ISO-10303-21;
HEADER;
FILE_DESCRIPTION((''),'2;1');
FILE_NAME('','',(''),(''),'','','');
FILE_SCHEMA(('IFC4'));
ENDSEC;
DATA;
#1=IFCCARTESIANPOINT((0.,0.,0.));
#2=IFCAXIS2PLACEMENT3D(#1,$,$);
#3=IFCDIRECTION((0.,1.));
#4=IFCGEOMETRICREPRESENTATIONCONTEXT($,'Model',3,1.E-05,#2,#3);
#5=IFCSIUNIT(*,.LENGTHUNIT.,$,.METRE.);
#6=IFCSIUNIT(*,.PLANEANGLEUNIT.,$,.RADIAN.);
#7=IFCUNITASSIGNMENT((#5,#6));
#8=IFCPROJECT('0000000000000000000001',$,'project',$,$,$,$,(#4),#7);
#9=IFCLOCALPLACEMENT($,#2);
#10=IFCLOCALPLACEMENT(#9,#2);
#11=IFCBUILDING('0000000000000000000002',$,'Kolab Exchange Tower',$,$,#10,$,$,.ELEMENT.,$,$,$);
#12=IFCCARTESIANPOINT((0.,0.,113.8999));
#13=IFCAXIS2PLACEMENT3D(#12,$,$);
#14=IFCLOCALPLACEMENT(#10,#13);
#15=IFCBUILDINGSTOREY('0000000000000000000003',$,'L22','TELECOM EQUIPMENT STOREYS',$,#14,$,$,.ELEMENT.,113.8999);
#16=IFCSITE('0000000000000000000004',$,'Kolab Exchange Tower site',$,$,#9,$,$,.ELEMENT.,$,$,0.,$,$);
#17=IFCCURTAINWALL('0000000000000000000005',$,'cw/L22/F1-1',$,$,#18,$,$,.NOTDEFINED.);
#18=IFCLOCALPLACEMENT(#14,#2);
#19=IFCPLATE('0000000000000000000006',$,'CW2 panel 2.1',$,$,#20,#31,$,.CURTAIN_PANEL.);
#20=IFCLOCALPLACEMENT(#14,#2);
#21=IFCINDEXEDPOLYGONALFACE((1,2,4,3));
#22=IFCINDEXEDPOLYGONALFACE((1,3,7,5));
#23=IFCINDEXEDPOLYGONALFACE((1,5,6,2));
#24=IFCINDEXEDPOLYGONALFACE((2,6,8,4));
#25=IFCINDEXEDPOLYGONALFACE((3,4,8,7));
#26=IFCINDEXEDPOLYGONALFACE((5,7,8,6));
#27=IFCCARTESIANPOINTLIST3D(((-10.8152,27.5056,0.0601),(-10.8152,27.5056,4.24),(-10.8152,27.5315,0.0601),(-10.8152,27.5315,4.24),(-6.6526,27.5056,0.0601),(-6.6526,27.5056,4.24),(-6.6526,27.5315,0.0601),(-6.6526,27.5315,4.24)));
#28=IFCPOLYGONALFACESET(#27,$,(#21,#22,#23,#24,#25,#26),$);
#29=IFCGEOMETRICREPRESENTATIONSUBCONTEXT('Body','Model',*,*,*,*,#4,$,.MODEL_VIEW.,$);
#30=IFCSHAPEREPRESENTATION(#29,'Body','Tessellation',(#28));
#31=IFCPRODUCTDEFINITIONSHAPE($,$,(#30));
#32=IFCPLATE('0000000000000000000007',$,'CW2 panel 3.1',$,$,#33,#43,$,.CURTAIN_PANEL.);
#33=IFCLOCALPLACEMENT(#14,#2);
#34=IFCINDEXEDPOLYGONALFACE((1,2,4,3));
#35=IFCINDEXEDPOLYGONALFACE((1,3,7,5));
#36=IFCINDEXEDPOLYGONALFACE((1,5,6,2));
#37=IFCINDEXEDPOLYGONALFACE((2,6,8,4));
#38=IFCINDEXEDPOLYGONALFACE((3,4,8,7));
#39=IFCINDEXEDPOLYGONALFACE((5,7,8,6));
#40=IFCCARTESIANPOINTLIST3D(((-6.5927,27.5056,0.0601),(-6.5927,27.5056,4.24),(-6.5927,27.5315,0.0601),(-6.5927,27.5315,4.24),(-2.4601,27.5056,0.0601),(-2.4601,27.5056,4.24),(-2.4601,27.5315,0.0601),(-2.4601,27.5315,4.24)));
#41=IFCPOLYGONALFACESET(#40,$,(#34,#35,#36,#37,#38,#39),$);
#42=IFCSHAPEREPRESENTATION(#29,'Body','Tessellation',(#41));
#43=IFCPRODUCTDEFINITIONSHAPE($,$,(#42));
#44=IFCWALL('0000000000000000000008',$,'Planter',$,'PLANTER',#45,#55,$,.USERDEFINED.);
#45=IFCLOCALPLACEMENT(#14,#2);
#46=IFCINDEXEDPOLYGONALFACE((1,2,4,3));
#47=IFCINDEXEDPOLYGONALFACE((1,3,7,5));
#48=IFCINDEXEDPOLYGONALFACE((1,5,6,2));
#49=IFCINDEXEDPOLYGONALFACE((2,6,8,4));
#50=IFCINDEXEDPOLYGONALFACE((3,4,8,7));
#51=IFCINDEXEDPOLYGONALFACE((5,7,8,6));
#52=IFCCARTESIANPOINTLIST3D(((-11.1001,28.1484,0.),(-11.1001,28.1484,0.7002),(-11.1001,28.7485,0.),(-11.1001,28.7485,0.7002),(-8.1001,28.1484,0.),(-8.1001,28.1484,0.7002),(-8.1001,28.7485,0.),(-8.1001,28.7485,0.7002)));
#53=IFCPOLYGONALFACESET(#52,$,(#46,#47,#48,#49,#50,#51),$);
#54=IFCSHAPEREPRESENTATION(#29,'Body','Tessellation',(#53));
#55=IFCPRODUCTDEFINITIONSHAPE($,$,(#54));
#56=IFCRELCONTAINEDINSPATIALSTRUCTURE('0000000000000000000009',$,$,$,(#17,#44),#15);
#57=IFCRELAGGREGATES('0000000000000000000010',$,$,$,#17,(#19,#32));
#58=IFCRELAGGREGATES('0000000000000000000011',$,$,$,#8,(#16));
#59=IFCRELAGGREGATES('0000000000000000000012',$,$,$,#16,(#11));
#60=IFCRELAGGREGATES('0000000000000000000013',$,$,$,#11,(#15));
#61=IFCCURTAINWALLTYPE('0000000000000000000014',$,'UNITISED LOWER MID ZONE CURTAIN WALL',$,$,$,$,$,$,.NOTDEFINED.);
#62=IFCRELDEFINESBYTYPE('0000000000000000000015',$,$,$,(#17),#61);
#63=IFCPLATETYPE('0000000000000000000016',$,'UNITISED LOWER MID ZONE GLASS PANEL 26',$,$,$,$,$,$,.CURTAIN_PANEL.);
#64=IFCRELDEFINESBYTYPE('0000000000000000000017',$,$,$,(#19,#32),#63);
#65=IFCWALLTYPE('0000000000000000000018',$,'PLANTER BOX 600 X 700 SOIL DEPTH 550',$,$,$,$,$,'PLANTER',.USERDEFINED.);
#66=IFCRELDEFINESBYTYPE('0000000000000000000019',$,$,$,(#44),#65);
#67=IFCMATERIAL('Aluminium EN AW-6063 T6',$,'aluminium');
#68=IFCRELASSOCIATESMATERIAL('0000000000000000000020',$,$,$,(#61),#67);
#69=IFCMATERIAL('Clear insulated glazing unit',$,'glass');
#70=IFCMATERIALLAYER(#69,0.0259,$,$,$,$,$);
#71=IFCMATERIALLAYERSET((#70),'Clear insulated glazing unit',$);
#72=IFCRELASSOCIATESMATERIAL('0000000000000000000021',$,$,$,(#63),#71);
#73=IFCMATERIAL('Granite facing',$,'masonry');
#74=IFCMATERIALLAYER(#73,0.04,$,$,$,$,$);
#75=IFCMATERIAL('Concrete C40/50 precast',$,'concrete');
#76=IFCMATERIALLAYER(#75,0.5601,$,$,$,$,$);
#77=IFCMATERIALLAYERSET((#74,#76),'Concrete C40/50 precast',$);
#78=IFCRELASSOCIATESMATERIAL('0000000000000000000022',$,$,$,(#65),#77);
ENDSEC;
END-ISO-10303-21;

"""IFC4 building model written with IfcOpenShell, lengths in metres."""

from ifc_helpers import new_model, si_unit, direction, frame, frame_2d, origin, origin_2d, place, context, subcontext, project, spatial, rectangle, extrude, material, layer, layer_set, type_object, element, aggregate, save


model = new_model("IFC4")

# Units and contexts
model_context = context("Model", 3, precision=1e-05, world=origin(), true_north=direction((0.0, 1.0)))
body_context = subcontext(model_context, "Body", "Model", "MODEL_VIEW")
ifc_project = project(units=[si_unit("LENGTHUNIT", "METRE"), si_unit("PLANEANGLEUNIT", "RADIAN")], contexts=[model_context])

# Site, building, storey
site_placement = place(None, origin())
site = spatial("IfcSite", under=ifc_project, at=site_placement, Name="Kolab Exchange Tower site", CompositionType="ELEMENT", RefElevation=0.0)
building_placement = place(site_placement, origin())
building = spatial("IfcBuilding", under=site, at=building_placement, Name="Kolab Exchange Tower", CompositionType="ELEMENT")
storey_placement = place(building_placement, frame((0.0, 0.0, 113.8999)))
storey = spatial("IfcBuildingStorey", under=building, at=storey_placement, Name="L22", Description="TELECOM EQUIPMENT STOREYS", CompositionType="ELEMENT", Elevation=113.8999)

# Curtain wall, plates
ifc_material_1 = material(Name="Aluminium EN AW-6063 T6", Category="aluminium")
curtain_wall_type = type_object("IfcCurtainWallType", Name="UNITISED LOWER MID ZONE CURTAIN WALL", PredefinedType="NOTDEFINED", material=ifc_material_1)
curtain_wall_placement = place(storey_placement, origin())
curtain_wall = element("IfcCurtainWall", 1, at=curtain_wall_placement, inside=storey, type_object=curtain_wall_type, Name="cw/L22/F1-1", PredefinedType="NOTDEFINED")
ifc_material_2 = material(Name="Clear insulated glazing unit", Category="glass")
ifc_layer_1 = layer(ifc_material_2, 0.0259)
ifc_layer_set_1 = layer_set([ifc_layer_1], Name="Clear insulated glazing unit")
plate_type = type_object("IfcPlateType", Name="UNITISED LOWER MID ZONE GLASS PANEL 26", PredefinedType="CURTAIN_PANEL", material=ifc_layer_set_1)
plate_1_placement = place(storey_placement, frame((-8.7339, 27.5186, 0.0601), z_axis=(0.0, 0.0, 1.0), x_axis=(1.0, 0.0, 0.0)))
plate_1 = element("IfcPlate", 2, at=plate_1_placement, type_object=plate_type, Name="CW2 panel 2.1", PredefinedType="CURTAIN_PANEL", context=body_context, shape_type="SweptSolid", body=[
    extrude(rectangle(XDim=4.1626, YDim=0.0259, at=origin_2d()), origin(), (0.0, 0.0, 1.0), 4.1799),
])
plate_2_placement = place(storey_placement, frame((-4.5264, 27.5186, 0.0601), z_axis=(0.0, 0.0, 1.0), x_axis=(1.0, 0.0, 0.0)))
plate_2 = element("IfcPlate", 3, at=plate_2_placement, type_object=plate_type, Name="CW2 panel 3.1", PredefinedType="CURTAIN_PANEL", context=body_context, shape_type="SweptSolid", body=[
    extrude(rectangle(XDim=4.1326, YDim=0.0259, at=origin_2d()), origin(), (0.0, 0.0, 1.0), 4.1799),
])
aggregate(curtain_wall, [plate_1, plate_2])

# Wall
ifc_material_3 = material(Name="Granite facing", Category="masonry")
ifc_layer_2 = layer(ifc_material_3, 0.04)
ifc_material_4 = material(Name="Concrete C40/50 precast", Category="concrete")
ifc_layer_3 = layer(ifc_material_4, 0.5601)
ifc_layer_set_2 = layer_set([ifc_layer_2, ifc_layer_3], Name="Concrete C40/50 precast")
wall_type_1 = type_object("IfcWallType", Name="PLANTER BOX 600 X 700 SOIL DEPTH 550", ElementType="PLANTER", PredefinedType="USERDEFINED", material=ifc_layer_set_2)
wall_1_placement = place(storey_placement, frame((-11.1001, 28.4485, 0.0), z_axis=(0.0, 0.0, 1.0), x_axis=(1.0, 0.0, 0.0)))
element("IfcWall", 4, at=wall_1_placement, inside=storey, type_object=wall_type_1, Name="Planter", ObjectType="PLANTER", PredefinedType="USERDEFINED", context=body_context, shape_type="SweptSolid", body=[
    extrude(rectangle(XDim=3.0, YDim=0.6001, at=frame_2d((1.5, 0.0))), origin(), (0.0, 0.0, 1.0), 0.7002),
])

save(model, "model.ifc")
